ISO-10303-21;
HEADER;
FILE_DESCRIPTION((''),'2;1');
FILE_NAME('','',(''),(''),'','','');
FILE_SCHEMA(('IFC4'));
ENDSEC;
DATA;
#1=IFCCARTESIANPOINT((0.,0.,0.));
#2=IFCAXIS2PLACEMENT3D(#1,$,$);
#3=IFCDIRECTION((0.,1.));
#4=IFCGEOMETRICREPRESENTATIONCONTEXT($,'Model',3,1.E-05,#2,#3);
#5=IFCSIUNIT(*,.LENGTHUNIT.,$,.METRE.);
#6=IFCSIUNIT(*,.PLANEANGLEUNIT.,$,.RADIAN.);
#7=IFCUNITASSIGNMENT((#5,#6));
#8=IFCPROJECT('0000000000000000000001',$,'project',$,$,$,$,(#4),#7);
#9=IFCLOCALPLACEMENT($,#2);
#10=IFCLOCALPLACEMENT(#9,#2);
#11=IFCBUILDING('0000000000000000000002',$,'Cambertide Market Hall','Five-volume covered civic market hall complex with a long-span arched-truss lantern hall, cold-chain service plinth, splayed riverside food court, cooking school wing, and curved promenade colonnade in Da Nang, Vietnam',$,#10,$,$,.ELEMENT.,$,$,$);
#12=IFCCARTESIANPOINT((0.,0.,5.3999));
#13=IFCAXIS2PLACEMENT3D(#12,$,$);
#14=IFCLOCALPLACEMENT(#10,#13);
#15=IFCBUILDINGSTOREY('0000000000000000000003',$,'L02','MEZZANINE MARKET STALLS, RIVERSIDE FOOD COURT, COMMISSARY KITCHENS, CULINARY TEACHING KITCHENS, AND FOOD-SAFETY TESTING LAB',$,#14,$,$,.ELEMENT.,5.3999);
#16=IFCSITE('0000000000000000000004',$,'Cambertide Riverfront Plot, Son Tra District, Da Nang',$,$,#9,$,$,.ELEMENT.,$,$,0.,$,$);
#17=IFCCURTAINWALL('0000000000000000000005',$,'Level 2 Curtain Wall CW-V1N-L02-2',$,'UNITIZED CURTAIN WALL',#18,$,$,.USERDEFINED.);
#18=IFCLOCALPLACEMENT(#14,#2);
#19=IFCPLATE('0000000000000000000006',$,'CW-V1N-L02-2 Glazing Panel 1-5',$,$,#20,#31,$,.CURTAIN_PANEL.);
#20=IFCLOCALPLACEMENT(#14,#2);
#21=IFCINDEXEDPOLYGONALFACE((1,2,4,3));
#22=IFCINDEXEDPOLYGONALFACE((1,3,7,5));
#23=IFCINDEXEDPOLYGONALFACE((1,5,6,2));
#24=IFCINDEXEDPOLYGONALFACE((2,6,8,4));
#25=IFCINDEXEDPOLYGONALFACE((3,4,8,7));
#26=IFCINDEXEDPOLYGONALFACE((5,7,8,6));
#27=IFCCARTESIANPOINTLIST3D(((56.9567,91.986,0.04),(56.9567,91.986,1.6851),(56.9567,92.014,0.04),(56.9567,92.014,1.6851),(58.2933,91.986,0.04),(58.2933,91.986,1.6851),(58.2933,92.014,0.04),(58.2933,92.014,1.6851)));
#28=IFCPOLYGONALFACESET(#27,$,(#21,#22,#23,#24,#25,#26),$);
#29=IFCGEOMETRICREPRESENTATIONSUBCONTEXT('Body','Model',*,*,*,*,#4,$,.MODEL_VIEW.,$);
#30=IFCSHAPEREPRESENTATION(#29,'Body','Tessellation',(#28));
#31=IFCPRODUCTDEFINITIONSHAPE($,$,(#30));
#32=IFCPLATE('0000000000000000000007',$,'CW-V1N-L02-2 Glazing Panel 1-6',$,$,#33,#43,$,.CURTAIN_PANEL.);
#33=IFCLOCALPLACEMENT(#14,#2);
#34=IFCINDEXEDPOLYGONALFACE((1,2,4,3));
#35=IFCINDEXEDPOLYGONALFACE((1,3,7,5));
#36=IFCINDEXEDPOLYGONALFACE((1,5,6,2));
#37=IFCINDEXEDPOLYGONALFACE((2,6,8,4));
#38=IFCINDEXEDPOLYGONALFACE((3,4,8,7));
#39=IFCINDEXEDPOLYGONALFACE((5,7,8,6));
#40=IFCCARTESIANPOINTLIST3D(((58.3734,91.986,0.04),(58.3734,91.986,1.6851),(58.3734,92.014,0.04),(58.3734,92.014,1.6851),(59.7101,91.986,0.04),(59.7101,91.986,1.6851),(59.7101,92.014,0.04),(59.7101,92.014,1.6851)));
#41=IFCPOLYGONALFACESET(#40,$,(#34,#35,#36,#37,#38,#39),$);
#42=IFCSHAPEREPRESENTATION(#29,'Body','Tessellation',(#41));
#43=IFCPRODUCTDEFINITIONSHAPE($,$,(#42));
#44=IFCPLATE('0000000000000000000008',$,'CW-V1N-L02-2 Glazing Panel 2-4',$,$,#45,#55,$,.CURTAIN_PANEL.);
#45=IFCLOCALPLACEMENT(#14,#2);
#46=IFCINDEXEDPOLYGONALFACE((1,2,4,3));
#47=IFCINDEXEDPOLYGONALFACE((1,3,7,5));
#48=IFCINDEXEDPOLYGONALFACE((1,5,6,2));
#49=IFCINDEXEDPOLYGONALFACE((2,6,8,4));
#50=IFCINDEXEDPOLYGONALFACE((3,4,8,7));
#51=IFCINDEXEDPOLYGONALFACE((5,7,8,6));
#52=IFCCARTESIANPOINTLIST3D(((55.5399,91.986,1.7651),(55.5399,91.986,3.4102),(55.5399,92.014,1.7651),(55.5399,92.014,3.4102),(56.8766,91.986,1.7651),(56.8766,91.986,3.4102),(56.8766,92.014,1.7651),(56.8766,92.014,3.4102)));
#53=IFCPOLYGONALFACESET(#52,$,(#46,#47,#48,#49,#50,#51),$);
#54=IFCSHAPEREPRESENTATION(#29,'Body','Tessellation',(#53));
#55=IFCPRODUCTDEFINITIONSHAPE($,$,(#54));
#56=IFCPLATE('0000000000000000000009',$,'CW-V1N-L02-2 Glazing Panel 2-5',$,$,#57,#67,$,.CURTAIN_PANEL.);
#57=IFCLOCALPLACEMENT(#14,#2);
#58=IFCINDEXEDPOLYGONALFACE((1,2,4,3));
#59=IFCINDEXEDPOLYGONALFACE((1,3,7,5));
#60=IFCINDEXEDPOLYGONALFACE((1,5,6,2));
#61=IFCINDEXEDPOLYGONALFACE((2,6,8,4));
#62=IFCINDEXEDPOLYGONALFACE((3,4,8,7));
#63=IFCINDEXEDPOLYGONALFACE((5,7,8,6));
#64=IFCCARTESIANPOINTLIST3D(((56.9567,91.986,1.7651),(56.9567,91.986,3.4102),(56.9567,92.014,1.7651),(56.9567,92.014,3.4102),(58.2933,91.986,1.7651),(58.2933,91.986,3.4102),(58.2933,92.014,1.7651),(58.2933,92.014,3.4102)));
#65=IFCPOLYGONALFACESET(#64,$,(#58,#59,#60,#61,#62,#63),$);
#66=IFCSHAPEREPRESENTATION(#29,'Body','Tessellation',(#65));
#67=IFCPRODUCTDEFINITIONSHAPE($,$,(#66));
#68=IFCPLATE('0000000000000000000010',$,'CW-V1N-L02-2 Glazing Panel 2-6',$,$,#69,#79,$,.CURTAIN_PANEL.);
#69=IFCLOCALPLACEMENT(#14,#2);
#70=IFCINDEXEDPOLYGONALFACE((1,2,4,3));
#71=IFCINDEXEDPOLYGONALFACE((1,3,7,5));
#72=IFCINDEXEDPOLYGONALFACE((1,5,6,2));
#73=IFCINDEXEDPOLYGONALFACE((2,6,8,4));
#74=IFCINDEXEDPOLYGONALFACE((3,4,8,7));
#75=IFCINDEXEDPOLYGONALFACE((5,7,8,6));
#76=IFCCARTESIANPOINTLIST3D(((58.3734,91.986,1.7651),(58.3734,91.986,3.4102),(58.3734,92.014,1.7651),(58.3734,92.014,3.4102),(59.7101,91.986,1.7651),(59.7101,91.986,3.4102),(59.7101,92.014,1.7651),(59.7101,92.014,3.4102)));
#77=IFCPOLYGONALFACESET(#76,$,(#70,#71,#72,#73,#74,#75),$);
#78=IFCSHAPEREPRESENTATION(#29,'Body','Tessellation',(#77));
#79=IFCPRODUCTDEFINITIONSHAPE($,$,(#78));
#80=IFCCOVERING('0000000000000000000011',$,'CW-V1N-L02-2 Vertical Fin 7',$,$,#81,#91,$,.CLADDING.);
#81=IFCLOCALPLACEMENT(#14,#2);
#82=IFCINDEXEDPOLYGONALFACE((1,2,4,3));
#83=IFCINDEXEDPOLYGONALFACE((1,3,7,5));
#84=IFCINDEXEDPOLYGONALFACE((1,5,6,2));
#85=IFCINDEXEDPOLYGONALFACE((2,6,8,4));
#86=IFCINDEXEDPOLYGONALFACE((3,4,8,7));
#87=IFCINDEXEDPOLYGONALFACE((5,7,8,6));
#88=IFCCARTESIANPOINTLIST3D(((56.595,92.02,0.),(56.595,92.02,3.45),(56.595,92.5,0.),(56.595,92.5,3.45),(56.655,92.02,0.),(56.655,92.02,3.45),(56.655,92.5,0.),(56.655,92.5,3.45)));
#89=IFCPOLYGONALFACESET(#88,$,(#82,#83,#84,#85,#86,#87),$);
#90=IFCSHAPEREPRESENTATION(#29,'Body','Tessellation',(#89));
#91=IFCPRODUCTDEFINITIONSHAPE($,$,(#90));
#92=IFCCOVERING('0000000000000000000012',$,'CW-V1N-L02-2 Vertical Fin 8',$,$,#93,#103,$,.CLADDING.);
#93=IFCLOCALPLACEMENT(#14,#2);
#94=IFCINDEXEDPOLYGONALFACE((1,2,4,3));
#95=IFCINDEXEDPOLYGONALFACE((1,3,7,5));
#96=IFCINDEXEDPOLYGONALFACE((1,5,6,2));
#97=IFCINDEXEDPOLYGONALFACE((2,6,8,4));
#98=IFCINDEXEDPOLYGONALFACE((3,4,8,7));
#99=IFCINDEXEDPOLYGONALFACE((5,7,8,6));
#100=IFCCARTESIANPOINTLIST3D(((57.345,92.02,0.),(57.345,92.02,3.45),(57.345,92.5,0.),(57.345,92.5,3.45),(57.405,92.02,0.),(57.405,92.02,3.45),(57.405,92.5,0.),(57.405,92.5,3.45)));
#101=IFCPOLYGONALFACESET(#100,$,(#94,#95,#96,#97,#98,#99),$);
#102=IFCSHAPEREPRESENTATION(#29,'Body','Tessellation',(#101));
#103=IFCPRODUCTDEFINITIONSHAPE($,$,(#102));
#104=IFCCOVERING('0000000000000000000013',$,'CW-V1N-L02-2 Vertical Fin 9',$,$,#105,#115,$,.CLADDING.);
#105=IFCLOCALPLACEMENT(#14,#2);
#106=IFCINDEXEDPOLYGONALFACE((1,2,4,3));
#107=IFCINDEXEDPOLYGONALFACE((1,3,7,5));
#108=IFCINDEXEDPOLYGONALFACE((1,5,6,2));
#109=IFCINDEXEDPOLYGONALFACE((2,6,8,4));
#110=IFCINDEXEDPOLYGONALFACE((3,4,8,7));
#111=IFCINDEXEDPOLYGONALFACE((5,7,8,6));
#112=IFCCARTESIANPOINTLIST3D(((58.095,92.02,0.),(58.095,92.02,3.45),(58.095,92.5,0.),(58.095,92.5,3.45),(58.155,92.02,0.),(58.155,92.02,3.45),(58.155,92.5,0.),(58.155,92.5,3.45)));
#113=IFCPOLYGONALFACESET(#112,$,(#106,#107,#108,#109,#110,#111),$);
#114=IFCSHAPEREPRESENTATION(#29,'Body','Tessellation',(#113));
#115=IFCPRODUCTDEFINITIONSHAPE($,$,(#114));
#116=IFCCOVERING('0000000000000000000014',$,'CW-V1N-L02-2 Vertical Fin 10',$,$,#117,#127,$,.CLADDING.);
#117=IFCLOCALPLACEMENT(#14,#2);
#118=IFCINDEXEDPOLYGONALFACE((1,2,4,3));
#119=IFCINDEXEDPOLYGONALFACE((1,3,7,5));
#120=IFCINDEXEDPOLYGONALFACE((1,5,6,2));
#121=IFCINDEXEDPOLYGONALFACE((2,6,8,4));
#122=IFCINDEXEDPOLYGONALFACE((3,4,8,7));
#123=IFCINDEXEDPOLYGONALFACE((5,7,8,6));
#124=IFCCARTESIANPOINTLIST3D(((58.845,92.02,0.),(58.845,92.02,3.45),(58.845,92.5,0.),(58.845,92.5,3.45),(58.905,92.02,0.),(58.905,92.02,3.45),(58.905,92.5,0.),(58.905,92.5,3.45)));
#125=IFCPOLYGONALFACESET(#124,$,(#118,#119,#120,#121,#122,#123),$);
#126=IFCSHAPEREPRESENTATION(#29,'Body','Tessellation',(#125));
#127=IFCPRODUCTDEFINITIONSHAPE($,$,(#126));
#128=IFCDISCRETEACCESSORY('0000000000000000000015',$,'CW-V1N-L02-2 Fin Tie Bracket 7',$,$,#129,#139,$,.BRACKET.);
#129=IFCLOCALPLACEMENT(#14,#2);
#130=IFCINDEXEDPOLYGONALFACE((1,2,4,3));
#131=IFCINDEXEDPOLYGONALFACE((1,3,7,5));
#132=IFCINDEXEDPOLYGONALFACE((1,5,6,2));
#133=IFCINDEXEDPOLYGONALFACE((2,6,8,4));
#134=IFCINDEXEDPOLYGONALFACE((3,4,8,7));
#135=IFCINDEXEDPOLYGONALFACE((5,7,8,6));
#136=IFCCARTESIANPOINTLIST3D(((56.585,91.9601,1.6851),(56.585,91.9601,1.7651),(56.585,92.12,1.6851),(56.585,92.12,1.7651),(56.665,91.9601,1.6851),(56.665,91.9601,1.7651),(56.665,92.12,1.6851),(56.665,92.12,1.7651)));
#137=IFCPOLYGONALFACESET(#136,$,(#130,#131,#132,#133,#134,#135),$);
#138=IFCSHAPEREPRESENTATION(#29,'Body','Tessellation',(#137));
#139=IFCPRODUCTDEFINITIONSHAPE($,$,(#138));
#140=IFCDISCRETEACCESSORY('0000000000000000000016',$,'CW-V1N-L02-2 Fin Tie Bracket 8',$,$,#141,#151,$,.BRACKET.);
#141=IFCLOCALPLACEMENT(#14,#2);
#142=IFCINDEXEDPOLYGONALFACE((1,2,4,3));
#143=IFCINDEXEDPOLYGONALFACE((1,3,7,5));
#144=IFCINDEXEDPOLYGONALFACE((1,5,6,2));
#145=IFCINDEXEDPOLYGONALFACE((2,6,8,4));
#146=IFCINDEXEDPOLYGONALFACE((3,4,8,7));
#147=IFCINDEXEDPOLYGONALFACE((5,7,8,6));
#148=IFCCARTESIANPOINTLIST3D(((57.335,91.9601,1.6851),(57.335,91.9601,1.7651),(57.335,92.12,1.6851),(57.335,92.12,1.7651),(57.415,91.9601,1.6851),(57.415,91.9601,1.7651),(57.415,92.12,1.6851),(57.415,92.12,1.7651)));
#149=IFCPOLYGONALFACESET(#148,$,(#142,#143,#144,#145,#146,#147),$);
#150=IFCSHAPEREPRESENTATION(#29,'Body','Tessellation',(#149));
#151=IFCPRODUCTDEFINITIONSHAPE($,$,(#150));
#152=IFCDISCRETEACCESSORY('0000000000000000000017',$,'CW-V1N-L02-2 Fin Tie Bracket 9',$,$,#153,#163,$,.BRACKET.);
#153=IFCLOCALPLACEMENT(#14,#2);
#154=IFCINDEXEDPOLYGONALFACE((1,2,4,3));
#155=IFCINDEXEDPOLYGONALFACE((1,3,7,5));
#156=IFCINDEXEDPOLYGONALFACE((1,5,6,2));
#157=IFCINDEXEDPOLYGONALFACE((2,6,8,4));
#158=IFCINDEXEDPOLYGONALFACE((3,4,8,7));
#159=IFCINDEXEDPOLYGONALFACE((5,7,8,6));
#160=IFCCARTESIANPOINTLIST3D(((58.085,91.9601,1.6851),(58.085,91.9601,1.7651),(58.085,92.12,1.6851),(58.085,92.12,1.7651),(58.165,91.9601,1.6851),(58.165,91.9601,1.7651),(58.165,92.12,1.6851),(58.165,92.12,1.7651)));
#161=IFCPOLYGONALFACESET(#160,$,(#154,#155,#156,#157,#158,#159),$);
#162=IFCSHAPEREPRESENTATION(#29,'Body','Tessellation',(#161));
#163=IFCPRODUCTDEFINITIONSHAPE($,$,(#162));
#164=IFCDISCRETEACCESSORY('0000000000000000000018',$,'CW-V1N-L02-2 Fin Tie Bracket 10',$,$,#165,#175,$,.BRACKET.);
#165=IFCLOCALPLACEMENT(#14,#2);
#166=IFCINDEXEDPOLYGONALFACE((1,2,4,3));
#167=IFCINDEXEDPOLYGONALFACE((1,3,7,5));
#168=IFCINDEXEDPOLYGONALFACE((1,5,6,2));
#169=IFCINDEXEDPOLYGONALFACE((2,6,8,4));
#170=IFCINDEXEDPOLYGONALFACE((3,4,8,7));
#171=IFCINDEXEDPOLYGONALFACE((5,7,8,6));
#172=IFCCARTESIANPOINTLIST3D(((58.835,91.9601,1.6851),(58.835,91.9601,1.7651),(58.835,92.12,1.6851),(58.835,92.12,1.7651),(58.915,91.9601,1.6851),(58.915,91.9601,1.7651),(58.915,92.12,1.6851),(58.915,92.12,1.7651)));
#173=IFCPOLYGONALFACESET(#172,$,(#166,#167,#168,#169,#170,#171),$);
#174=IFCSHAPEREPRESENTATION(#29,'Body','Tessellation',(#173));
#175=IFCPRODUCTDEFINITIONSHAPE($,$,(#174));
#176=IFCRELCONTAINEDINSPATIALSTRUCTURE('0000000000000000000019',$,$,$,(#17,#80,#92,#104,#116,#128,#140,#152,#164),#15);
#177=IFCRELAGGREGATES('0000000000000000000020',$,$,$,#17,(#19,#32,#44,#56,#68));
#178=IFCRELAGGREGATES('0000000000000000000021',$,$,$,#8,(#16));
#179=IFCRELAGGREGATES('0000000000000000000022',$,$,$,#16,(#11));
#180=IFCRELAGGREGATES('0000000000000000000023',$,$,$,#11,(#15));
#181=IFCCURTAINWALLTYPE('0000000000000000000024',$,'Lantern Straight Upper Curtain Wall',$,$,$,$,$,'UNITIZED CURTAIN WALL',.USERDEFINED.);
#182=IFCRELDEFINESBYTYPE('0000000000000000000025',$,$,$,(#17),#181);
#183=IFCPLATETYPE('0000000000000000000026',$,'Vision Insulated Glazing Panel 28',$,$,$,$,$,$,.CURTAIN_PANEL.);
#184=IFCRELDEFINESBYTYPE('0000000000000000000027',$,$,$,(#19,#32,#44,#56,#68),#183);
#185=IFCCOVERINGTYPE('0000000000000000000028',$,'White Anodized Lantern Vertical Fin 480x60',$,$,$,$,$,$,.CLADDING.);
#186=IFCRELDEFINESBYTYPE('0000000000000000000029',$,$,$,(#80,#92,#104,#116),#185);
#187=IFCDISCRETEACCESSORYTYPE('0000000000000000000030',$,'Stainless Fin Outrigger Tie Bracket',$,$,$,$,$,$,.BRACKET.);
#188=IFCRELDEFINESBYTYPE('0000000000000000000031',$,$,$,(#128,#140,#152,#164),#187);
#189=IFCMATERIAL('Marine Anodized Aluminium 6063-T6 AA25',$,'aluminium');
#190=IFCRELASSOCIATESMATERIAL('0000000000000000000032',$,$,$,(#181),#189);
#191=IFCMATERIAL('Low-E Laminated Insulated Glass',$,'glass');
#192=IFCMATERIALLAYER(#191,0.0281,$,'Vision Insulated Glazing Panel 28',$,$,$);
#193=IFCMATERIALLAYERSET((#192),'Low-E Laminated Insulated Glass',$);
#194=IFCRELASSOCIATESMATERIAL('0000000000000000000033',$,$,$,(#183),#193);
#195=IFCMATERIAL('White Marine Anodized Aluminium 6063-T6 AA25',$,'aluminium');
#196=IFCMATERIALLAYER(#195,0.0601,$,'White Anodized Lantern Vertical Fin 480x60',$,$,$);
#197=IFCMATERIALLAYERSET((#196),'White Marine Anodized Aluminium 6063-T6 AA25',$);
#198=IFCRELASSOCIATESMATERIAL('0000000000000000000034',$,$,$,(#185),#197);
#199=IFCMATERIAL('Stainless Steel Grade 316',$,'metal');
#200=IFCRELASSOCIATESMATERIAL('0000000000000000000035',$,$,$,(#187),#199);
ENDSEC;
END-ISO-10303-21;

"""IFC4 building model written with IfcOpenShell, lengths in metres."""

from ifc_helpers import new_model, si_unit, direction, frame, origin, origin_2d, place, context, subcontext, project, spatial, rectangle, extrude, material, layer, layer_set, type_object, element, aggregate, save


model = new_model("IFC4")

# Units and contexts
model_context = context("Model", 3, precision=1e-05, world=origin(), true_north=direction((0.0, 1.0)))
body_context = subcontext(model_context, "Body", "Model", "MODEL_VIEW")
ifc_project = project(units=[si_unit("LENGTHUNIT", "METRE"), si_unit("PLANEANGLEUNIT", "RADIAN")], contexts=[model_context])

# Site, building, storey
site_placement = place(None, origin())
site = spatial("IfcSite", under=ifc_project, at=site_placement, Name="Cambertide Riverfront Plot, Son Tra District, Da Nang", CompositionType="ELEMENT", RefElevation=0.0)
building_placement = place(site_placement, origin())
building = spatial("IfcBuilding", under=site, at=building_placement, Name="Cambertide Market Hall", Description="Five-volume covered civic market hall complex with a long-span arched-truss lantern hall, cold-chain service plinth, splayed riverside food court, cooking school wing, and curved promenade colonnade in Da Nang, Vietnam", CompositionType="ELEMENT")
storey_placement = place(building_placement, frame((0.0, 0.0, 5.3999)))
storey = spatial("IfcBuildingStorey", under=building, at=storey_placement, Name="L02", Description="MEZZANINE MARKET STALLS, RIVERSIDE FOOD COURT, COMMISSARY KITCHENS, CULINARY TEACHING KITCHENS, AND FOOD-SAFETY TESTING LAB", CompositionType="ELEMENT", Elevation=5.3999)

# Curtain wall
ifc_material_1 = material(Name="Marine Anodized Aluminium 6063-T6 AA25", Category="aluminium")
curtain_wall_type = type_object("IfcCurtainWallType", Name="Lantern Straight Upper Curtain Wall", ElementType="UNITIZED CURTAIN WALL", PredefinedType="USERDEFINED", material=ifc_material_1)
curtain_wall_1_placement = place(storey_placement, origin())
curtain_wall_1 = element("IfcCurtainWall", 1, at=curtain_wall_1_placement, inside=storey, type_object=curtain_wall_type, Name="Level 2 Curtain Wall CW-V1N-L02-2", ObjectType="UNITIZED CURTAIN WALL", PredefinedType="USERDEFINED")

# Plates
ifc_material_2 = material(Name="Low-E Laminated Insulated Glass", Category="glass")
ifc_layer_1 = layer(ifc_material_2, 0.0281, Name="Vision Insulated Glazing Panel 28")
ifc_layer_set_1 = layer_set([ifc_layer_1], Name="Low-E Laminated Insulated Glass")
plate_type = type_object("IfcPlateType", Name="Vision Insulated Glazing Panel 28", PredefinedType="CURTAIN_PANEL", material=ifc_layer_set_1)
plate_1_placement = place(storey_placement, frame((57.625, 92.0, 0.04), z_axis=(0.0, 0.0, 1.0), x_axis=(1.0, 0.0, 0.0)))
plate_1 = element("IfcPlate", 2, at=plate_1_placement, type_object=plate_type, Name="CW-V1N-L02-2 Glazing Panel 1-5", PredefinedType="CURTAIN_PANEL", context=body_context, shape_type="SweptSolid", body=[
    extrude(rectangle(XDim=1.3367, YDim=0.0281, at=origin_2d()), origin(), (0.0, 0.0, 1.0), 1.645),
])
plate_2_placement = place(storey_placement, frame((59.0417, 92.0, 0.04), z_axis=(0.0, 0.0, 1.0), x_axis=(1.0, 0.0, 0.0)))
plate_2 = element("IfcPlate", 3, at=plate_2_placement, type_object=plate_type, Name="CW-V1N-L02-2 Glazing Panel 1-6", PredefinedType="CURTAIN_PANEL", context=body_context, shape_type="SweptSolid", body=[
    extrude(rectangle(XDim=1.3367, YDim=0.0281, at=origin_2d()), origin(), (0.0, 0.0, 1.0), 1.645),
])
plate_3_placement = place(storey_placement, frame((56.2083, 92.0, 1.7651), z_axis=(0.0, 0.0, 1.0), x_axis=(1.0, 0.0, 0.0)))
plate_3 = element("IfcPlate", 4, at=plate_3_placement, type_object=plate_type, Name="CW-V1N-L02-2 Glazing Panel 2-4", PredefinedType="CURTAIN_PANEL", context=body_context, shape_type="SweptSolid", body=[
    extrude(rectangle(XDim=1.3367, YDim=0.0281, at=origin_2d()), origin(), (0.0, 0.0, 1.0), 1.645),
])
plate_4_placement = place(storey_placement, frame((57.625, 92.0, 1.7651), z_axis=(0.0, 0.0, 1.0), x_axis=(1.0, 0.0, 0.0)))
plate_4 = element("IfcPlate", 5, at=plate_4_placement, type_object=plate_type, Name="CW-V1N-L02-2 Glazing Panel 2-5", PredefinedType="CURTAIN_PANEL", context=body_context, shape_type="SweptSolid", body=[
    extrude(rectangle(XDim=1.3367, YDim=0.0281, at=origin_2d()), origin(), (0.0, 0.0, 1.0), 1.645),
])
plate_5_placement = place(storey_placement, frame((59.0417, 92.0, 1.7651), z_axis=(0.0, 0.0, 1.0), x_axis=(1.0, 0.0, 0.0)))
plate_5 = element("IfcPlate", 6, at=plate_5_placement, type_object=plate_type, Name="CW-V1N-L02-2 Glazing Panel 2-6", PredefinedType="CURTAIN_PANEL", context=body_context, shape_type="SweptSolid", body=[
    extrude(rectangle(XDim=1.3367, YDim=0.0281, at=origin_2d()), origin(), (0.0, 0.0, 1.0), 1.645),
])
aggregate(curtain_wall_1, [plate_1, plate_2, plate_3, plate_4, plate_5])

# Coverings
ifc_material_3 = material(Name="White Marine Anodized Aluminium 6063-T6 AA25", Category="aluminium")
ifc_layer_2 = layer(ifc_material_3, 0.0601, Name="White Anodized Lantern Vertical Fin 480x60")
ifc_layer_set_2 = layer_set([ifc_layer_2], Name="White Marine Anodized Aluminium 6063-T6 AA25")
covering_type = type_object("IfcCoveringType", Name="White Anodized Lantern Vertical Fin 480x60", PredefinedType="CLADDING", material=ifc_layer_set_2)
for number, where, z_axis, x_axis, name in (
    (7, (56.625, 92.26, 0.0), (0.0, 0.0, 1.0), (1.0, 0.0, 0.0), "CW-V1N-L02-2 Vertical Fin 7"),
    (8, (57.375, 92.26, 0.0), (0.0, 0.0, 1.0), (1.0, 0.0, 0.0), "CW-V1N-L02-2 Vertical Fin 8"),
    (9, (58.125, 92.26, 0.0), (0.0, 0.0, 1.0), (1.0, 0.0, 0.0), "CW-V1N-L02-2 Vertical Fin 9"),
    (10, (58.875, 92.26, 0.0), (0.0, 0.0, 1.0), (1.0, 0.0, 0.0), "CW-V1N-L02-2 Vertical Fin 10"),
):
    element("IfcCovering", number, at=place(storey_placement, frame(where, z_axis=z_axis, x_axis=x_axis)), inside=storey, type_object=covering_type, Name=name, PredefinedType="CLADDING", context=body_context, shape_type="SweptSolid", body=[
        extrude(rectangle(XDim=0.0601, YDim=0.48, at=origin_2d()), origin(), (0.0, 0.0, 1.0), 3.45),
    ])

# Discrete accessories
ifc_material_4 = material(Name="Stainless Steel Grade 316", Category="metal")
discrete_accessory_type = type_object("IfcDiscreteAccessoryType", Name="Stainless Fin Outrigger Tie Bracket", PredefinedType="BRACKET", material=ifc_material_4)
for number, where, z_axis, x_axis, name in (
    (11, (56.625, 92.04, 1.6851), (0.0, 0.0, 1.0), (1.0, 0.0, 0.0), "CW-V1N-L02-2 Fin Tie Bracket 7"),
    (12, (57.375, 92.04, 1.6851), (0.0, 0.0, 1.0), (1.0, 0.0, 0.0), "CW-V1N-L02-2 Fin Tie Bracket 8"),
    (13, (58.125, 92.04, 1.6851), (0.0, 0.0, 1.0), (1.0, 0.0, 0.0), "CW-V1N-L02-2 Fin Tie Bracket 9"),
    (14, (58.875, 92.04, 1.6851), (0.0, 0.0, 1.0), (1.0, 0.0, 0.0), "CW-V1N-L02-2 Fin Tie Bracket 10"),
):
    element("IfcDiscreteAccessory", number, at=place(storey_placement, frame(where, z_axis=z_axis, x_axis=x_axis)), inside=storey, type_object=discrete_accessory_type, Name=name, PredefinedType="BRACKET", context=body_context, shape_type="SweptSolid", body=[
        extrude(rectangle(XDim=0.0801, YDim=0.1599, at=origin_2d()), origin(), (0.0, 0.0, 1.0), 0.0801),
    ])

save(model, "model.ifc")
